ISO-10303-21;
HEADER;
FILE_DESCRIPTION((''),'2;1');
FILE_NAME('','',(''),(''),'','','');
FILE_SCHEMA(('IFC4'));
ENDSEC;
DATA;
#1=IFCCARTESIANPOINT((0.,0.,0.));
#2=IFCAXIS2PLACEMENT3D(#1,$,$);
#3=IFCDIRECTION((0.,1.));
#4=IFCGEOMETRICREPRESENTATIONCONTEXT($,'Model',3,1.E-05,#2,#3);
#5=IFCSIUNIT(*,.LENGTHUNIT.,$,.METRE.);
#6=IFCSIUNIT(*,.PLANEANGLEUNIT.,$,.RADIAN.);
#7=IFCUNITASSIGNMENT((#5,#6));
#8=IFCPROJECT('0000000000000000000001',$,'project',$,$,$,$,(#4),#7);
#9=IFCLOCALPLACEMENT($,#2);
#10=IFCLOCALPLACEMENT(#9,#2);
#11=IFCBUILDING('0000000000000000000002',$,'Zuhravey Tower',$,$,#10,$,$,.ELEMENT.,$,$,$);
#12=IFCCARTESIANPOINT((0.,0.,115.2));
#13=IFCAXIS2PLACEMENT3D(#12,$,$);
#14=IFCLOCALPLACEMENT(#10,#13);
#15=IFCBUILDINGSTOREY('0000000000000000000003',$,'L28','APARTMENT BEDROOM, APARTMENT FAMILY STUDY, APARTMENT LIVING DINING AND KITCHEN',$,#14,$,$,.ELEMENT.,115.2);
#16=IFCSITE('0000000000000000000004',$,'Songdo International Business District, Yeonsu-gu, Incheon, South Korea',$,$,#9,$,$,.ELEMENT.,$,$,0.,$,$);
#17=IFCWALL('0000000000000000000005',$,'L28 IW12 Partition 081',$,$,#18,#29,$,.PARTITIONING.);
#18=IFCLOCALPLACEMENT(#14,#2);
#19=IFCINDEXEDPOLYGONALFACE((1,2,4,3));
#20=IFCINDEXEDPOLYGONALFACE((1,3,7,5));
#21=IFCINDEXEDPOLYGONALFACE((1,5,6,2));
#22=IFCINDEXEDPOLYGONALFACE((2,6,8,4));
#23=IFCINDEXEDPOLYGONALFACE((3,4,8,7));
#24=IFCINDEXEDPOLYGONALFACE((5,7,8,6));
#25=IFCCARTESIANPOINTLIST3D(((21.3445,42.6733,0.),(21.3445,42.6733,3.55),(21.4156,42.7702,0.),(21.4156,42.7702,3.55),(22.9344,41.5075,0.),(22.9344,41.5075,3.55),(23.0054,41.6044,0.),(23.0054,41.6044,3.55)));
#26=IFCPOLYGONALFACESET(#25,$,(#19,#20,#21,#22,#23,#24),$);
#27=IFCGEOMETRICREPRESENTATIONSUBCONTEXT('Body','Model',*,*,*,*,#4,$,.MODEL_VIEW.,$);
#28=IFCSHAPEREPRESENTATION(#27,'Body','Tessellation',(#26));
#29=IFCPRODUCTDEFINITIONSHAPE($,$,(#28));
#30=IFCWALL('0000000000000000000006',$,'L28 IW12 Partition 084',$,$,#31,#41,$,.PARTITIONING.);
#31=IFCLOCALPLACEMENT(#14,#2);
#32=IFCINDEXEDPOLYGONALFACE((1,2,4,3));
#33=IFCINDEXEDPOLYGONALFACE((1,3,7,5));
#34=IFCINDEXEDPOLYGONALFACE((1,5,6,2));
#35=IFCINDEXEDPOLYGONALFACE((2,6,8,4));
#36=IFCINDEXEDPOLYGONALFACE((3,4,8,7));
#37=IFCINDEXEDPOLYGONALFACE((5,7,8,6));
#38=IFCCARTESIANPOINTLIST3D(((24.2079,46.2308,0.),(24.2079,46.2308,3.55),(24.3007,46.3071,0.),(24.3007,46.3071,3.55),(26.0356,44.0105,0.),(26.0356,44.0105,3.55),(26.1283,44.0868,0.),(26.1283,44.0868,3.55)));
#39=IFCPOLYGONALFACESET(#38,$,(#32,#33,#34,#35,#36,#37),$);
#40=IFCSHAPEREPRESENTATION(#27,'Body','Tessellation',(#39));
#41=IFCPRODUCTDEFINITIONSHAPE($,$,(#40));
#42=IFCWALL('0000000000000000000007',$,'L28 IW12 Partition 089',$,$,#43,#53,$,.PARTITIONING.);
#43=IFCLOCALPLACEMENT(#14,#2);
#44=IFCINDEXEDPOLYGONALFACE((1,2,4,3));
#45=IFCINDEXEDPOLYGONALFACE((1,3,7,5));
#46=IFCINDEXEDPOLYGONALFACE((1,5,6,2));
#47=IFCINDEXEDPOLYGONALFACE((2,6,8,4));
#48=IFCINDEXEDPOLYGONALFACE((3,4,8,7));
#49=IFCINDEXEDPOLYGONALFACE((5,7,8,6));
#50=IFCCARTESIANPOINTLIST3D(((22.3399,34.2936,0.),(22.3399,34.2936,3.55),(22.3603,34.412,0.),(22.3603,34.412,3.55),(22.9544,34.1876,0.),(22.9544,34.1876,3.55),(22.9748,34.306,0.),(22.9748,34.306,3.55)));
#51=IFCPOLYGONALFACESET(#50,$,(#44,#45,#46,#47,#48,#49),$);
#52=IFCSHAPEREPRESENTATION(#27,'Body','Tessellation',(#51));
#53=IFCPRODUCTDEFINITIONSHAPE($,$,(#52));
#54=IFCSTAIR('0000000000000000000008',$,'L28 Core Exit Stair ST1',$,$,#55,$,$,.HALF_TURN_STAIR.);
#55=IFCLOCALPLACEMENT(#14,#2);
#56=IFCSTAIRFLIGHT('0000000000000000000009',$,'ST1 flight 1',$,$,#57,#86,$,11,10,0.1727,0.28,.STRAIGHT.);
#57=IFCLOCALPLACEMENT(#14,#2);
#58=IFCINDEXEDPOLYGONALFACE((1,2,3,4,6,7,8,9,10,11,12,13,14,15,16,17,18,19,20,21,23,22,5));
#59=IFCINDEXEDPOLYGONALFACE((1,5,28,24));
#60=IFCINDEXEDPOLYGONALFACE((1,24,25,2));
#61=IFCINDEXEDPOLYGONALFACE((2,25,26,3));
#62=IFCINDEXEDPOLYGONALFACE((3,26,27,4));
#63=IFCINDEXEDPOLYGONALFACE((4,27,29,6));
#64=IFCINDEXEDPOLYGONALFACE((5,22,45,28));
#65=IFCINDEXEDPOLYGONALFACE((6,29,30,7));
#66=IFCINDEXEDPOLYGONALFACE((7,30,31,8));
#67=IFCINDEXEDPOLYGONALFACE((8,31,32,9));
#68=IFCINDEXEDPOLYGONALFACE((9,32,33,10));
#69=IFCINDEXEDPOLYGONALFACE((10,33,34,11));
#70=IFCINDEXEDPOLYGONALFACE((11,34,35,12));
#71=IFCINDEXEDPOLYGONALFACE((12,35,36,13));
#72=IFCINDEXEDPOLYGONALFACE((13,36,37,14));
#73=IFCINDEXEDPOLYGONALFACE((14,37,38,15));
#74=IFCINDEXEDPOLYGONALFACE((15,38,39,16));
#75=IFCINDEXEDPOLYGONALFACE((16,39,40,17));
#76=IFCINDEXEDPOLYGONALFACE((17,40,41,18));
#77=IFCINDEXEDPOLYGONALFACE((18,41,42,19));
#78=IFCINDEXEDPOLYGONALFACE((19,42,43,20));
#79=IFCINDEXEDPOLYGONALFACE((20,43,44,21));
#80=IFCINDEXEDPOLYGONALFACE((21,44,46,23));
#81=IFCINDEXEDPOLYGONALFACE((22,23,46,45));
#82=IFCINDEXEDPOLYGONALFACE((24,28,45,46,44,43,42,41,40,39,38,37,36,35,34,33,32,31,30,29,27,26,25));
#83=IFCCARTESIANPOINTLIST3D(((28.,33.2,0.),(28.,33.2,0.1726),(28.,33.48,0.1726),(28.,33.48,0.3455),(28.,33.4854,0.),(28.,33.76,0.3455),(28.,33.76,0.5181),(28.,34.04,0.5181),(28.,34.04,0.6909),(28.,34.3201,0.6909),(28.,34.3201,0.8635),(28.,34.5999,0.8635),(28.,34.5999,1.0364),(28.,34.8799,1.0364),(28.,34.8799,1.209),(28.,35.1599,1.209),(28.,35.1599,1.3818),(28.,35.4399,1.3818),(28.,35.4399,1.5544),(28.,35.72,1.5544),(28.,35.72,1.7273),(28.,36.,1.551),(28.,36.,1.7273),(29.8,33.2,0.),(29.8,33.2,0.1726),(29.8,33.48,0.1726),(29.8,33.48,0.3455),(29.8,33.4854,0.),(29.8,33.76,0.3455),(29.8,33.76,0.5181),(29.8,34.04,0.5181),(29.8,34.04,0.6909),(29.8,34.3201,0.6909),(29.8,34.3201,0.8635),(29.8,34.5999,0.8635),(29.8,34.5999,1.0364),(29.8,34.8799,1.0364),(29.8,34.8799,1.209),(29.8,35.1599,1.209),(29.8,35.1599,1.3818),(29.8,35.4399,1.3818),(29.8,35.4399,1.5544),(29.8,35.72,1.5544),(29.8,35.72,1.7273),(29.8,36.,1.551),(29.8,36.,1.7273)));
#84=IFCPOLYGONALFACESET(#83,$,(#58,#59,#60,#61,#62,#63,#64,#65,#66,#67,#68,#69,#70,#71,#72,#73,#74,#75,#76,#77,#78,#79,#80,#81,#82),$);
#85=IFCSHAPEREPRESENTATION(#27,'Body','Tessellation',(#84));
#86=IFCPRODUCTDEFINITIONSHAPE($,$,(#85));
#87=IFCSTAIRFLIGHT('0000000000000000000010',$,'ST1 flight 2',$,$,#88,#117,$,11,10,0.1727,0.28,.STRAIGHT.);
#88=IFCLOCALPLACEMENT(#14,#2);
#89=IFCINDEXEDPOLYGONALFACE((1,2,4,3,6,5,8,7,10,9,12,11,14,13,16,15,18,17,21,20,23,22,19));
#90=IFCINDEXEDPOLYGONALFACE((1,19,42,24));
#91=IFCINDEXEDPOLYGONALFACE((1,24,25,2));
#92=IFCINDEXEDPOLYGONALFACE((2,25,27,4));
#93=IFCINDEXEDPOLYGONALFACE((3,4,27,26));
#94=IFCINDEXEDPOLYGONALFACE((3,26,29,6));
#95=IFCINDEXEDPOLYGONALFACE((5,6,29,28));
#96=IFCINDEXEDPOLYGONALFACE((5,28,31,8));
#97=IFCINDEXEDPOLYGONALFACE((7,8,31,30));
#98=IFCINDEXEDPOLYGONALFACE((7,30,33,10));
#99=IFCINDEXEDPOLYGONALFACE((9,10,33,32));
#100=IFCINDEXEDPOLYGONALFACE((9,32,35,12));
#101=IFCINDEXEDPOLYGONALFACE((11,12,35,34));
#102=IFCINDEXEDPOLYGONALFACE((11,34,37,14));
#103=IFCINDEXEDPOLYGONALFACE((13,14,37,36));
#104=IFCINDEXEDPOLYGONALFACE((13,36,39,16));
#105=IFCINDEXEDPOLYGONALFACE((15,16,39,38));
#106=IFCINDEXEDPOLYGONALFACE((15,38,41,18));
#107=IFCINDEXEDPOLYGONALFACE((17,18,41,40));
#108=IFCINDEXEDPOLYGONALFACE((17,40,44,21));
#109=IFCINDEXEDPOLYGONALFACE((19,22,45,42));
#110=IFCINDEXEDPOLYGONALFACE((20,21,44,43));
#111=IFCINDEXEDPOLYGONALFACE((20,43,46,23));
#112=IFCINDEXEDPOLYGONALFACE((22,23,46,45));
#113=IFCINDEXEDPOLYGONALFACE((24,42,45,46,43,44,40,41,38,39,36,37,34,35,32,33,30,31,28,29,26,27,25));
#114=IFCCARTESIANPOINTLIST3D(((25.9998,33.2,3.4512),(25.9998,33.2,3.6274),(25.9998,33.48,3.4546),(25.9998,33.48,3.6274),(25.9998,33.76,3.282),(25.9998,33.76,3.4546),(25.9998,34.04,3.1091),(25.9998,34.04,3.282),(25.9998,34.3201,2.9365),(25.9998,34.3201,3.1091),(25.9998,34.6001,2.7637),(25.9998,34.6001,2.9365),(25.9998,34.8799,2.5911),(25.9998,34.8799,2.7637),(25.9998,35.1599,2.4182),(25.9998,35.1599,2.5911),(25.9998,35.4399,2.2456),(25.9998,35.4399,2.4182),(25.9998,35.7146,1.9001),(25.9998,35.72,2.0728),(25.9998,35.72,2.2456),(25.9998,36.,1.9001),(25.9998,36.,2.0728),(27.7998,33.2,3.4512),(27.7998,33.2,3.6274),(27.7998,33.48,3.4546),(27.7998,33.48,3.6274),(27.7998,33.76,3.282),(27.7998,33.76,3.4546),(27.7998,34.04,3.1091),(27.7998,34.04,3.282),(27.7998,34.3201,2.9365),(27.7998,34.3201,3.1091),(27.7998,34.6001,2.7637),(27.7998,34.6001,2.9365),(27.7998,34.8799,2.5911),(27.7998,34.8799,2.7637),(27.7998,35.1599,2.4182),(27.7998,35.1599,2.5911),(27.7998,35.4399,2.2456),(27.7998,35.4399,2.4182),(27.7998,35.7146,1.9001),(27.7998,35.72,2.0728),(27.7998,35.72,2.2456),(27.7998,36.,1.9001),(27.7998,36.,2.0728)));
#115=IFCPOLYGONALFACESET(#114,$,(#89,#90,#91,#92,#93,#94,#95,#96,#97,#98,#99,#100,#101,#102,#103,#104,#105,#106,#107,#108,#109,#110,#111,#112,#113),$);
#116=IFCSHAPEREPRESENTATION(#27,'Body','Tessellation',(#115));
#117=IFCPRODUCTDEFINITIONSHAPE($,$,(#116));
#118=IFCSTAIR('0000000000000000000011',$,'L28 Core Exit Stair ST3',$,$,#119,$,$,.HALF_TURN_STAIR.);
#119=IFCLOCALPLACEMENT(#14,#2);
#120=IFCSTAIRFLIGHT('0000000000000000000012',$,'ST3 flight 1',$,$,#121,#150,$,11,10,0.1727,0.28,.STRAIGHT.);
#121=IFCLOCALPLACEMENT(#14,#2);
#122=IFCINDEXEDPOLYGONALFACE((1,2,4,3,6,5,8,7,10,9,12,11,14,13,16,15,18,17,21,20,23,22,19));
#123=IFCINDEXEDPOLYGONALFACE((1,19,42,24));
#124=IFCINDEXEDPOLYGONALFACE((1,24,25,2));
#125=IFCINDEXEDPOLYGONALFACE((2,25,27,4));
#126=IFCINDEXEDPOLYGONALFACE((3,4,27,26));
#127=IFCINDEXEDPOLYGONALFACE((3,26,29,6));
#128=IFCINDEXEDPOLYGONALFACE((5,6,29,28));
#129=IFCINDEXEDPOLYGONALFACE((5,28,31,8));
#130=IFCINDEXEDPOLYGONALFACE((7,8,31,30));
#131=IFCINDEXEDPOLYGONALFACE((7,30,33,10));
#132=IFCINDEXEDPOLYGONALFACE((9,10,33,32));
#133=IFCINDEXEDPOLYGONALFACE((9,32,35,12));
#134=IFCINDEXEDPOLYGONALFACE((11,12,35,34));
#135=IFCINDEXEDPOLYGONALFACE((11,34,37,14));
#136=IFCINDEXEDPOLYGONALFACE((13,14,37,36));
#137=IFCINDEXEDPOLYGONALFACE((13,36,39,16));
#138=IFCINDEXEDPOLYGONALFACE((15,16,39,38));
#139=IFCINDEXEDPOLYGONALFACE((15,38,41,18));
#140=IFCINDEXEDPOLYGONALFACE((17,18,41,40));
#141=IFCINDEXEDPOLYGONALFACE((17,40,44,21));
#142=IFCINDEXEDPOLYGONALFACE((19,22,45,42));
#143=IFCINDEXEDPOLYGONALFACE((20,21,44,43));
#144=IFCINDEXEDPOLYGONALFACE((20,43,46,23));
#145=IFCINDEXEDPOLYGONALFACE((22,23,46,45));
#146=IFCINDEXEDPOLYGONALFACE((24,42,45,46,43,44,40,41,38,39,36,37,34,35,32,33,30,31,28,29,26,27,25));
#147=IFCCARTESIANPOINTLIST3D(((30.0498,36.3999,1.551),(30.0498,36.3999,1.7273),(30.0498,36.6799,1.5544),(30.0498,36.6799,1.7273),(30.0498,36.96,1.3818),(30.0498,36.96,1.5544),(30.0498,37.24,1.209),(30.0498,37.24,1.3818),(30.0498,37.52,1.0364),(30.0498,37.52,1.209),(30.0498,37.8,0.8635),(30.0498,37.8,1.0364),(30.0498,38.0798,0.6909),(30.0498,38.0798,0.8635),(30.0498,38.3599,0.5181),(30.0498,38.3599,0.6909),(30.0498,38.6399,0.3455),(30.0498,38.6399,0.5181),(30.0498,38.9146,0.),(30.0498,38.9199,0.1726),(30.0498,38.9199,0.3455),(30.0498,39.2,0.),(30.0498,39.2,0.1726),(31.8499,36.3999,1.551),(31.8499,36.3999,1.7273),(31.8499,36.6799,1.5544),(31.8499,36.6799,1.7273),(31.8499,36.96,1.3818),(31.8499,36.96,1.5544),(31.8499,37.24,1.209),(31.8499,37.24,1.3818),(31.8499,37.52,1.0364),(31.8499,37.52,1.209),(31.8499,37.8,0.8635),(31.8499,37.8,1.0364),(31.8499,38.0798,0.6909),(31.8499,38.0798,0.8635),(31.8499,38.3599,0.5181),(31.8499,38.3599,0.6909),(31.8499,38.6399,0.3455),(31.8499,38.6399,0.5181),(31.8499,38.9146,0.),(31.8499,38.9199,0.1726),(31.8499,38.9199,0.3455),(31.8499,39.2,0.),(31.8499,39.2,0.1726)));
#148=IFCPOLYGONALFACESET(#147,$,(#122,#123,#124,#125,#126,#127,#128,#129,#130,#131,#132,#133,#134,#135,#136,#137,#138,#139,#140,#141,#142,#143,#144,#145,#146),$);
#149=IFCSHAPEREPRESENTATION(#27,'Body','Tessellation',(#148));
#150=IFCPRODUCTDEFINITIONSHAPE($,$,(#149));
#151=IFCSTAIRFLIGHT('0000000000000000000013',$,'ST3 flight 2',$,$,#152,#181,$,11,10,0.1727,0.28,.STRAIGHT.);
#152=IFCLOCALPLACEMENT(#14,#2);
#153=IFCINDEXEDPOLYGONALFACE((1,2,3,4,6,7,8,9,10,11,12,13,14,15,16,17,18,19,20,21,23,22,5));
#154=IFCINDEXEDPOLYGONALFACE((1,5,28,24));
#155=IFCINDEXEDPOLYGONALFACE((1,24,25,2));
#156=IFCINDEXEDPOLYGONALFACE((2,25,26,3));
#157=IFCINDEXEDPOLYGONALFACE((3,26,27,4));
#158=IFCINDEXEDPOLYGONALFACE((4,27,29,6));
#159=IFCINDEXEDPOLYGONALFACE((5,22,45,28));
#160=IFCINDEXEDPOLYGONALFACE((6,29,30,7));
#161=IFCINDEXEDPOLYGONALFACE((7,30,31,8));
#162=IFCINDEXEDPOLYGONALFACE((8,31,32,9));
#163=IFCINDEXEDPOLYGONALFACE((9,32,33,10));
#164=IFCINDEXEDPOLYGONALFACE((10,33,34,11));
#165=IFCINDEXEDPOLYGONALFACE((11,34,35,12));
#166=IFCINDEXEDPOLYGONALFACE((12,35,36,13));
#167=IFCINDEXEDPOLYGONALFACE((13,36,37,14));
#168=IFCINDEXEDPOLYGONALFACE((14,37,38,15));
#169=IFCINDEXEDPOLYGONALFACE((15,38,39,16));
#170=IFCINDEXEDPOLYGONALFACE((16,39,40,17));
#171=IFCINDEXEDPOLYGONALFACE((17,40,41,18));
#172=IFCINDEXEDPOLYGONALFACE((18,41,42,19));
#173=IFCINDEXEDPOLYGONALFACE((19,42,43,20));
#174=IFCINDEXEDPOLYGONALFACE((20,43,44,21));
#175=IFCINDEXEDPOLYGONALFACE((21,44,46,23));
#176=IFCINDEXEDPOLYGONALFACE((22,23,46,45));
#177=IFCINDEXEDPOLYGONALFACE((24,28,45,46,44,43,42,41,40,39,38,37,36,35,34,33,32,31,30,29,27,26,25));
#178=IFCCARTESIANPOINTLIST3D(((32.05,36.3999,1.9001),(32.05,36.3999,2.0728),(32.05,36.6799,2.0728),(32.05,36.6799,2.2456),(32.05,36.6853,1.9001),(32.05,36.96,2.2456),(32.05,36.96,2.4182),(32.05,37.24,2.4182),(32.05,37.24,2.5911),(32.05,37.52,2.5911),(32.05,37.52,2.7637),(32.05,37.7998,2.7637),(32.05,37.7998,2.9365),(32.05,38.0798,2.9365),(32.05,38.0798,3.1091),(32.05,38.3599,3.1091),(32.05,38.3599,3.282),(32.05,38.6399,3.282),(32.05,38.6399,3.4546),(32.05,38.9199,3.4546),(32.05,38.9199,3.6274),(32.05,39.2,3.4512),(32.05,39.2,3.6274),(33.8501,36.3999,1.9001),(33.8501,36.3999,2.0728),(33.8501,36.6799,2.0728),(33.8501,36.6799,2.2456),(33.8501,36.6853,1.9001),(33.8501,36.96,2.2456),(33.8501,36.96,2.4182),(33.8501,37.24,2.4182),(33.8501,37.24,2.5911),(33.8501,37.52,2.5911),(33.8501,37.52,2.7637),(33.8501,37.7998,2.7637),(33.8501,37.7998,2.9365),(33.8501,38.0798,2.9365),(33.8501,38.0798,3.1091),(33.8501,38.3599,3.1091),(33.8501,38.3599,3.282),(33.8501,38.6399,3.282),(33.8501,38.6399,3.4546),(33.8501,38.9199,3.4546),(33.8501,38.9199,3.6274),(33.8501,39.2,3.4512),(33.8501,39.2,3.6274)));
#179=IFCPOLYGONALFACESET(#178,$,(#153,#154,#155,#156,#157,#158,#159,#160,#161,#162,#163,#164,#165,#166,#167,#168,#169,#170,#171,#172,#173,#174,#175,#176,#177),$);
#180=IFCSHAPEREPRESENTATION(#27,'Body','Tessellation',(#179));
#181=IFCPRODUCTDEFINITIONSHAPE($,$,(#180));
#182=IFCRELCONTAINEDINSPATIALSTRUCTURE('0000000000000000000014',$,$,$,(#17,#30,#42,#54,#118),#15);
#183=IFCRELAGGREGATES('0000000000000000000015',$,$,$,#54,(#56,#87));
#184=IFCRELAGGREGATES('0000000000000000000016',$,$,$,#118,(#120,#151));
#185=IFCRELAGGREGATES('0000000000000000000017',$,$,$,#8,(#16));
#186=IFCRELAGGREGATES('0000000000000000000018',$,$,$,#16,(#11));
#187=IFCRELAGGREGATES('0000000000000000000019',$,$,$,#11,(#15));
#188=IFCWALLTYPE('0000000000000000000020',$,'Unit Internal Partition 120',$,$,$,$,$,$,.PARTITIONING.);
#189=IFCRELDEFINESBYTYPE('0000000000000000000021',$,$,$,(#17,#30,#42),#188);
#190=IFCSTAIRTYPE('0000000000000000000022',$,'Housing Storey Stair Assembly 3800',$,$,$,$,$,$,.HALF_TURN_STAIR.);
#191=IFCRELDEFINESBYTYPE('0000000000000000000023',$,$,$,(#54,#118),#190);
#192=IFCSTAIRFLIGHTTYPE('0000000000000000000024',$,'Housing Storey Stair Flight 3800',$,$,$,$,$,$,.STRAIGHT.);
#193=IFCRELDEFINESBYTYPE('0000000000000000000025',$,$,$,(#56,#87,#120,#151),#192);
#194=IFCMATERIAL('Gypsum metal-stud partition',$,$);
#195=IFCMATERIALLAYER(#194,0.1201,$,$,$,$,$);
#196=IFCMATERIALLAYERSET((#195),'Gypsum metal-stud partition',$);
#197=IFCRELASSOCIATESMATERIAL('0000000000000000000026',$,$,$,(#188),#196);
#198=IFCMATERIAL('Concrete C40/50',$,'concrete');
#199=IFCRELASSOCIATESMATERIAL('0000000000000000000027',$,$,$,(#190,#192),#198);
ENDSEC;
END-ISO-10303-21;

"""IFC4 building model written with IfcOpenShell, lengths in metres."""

from ifc_helpers import new_model, si_unit, direction, frame, frame_2d, origin, place, context, subcontext, project, spatial, polyline, rectangle, outline, extrude, material, layer, layer_set, type_object, element, aggregate, save


model = new_model("IFC4")

# Units and contexts
model_context = context("Model", 3, precision=1e-05, world=origin(), true_north=direction((0.0, 1.0)))
body_context = subcontext(model_context, "Body", "Model", "MODEL_VIEW")
ifc_project = project(units=[si_unit("LENGTHUNIT", "METRE"), si_unit("PLANEANGLEUNIT", "RADIAN")], contexts=[model_context])

# Site, building, storey
site_placement = place(None, origin())
site = spatial("IfcSite", under=ifc_project, at=site_placement, Name="Songdo International Business District, Yeonsu-gu, Incheon, South Korea", CompositionType="ELEMENT", RefElevation=0.0)
building_placement = place(site_placement, origin())
building = spatial("IfcBuilding", under=site, at=building_placement, Name="Zuhravey Tower", CompositionType="ELEMENT")
storey_placement = place(building_placement, frame((0.0, 0.0, 115.2)))
storey = spatial("IfcBuildingStorey", under=building, at=storey_placement, Name="L28", Description="APARTMENT BEDROOM, APARTMENT FAMILY STUDY, APARTMENT LIVING DINING AND KITCHEN", CompositionType="ELEMENT", Elevation=115.2)

# Walls
ifc_material_1 = material(Name="Gypsum metal-stud partition")
ifc_layer_1 = layer(ifc_material_1, 0.1201)
ifc_layer_set_1 = layer_set([ifc_layer_1], Name="Gypsum metal-stud partition")
wall_type_1 = type_object("IfcWallType", Name="Unit Internal Partition 120", PredefinedType="PARTITIONING", material=ifc_layer_set_1)
wall_1_placement = place(storey_placement, frame((22.97, 41.5559, 0.0), z_axis=(0.0, 0.0, 1.0), x_axis=(-0.806433, 0.591326, 0.0)))
element("IfcWall", 1, at=wall_1_placement, inside=storey, type_object=wall_type_1, Name="L28 IW12 Partition 081", PredefinedType="PARTITIONING", context=body_context, shape_type="SweptSolid", body=[
    extrude(rectangle(XDim=1.9714, YDim=0.1201, at=frame_2d((0.9858, 0.0))), origin(), (0.0, 0.0, 1.0), 3.55),
])
wall_2_placement = place(storey_placement, frame((26.082, 44.0486, 0.0), z_axis=(0.0, 0.0, 1.0), x_axis=(-0.635547, 0.772063, 0.0)))
element("IfcWall", 2, at=wall_2_placement, inside=storey, type_object=wall_type_1, Name="L28 IW12 Partition 084", PredefinedType="PARTITIONING", context=body_context, shape_type="SweptSolid", body=[
    extrude(rectangle(XDim=2.8757, YDim=0.1201, at=frame_2d((1.438, 0.0))), origin(), (0.0, 0.0, 1.0), 3.55),
])
wall_3_placement = place(storey_placement, frame((22.9646, 34.2468, 0.0), z_axis=(0.0, 0.0, 1.0), x_axis=(-0.985458, 0.16992, 0.0)))
element("IfcWall", 3, at=wall_3_placement, inside=storey, type_object=wall_type_1, Name="L28 IW12 Partition 089", PredefinedType="PARTITIONING", context=body_context, shape_type="SweptSolid", body=[
    extrude(rectangle(XDim=0.6235, YDim=0.1201, at=frame_2d((0.3118, 0.0))), origin(), (0.0, 0.0, 1.0), 3.55),
])

# Stairs, stair flights
ifc_material_2 = material(Name="Concrete C40/50", Category="concrete")
stair_type = type_object("IfcStairType", Name="Housing Storey Stair Assembly 3800", PredefinedType="HALF_TURN_STAIR", material=ifc_material_2)
stair_1_placement = place(storey_placement, origin())
stair_1 = element("IfcStair", 4, at=stair_1_placement, inside=storey, type_object=stair_type, Name="L28 Core Exit Stair ST1", PredefinedType="HALF_TURN_STAIR")
stair_flight_type = type_object("IfcStairFlightType", Name="Housing Storey Stair Flight 3800", PredefinedType="STRAIGHT", material=ifc_material_2)
stair_flight_1_placement = place(storey_placement, frame((28.8999, 33.2, 0.0), z_axis=(0.0, 0.0, 1.0), x_axis=(0.0, 1.0, 0.0)))
stair_flight_1 = element("IfcStairFlight", 5, at=stair_flight_1_placement, type_object=stair_flight_type, Name="ST1 flight 1", NumberOfRisers=11, NumberOfTreads=10, PredefinedType="STRAIGHT", RiserHeight=0.1727, TreadLength=0.28, context=body_context, shape_type="SweptSolid", body=[
    extrude(outline(polyline([(0.0, 0.0), (0.0, 0.1726), (0.28, 0.1726), (0.28, 0.3455), (0.5601, 0.3455), (0.5601, 0.5181), (0.8401, 0.5181), (0.8401, 0.6909), (1.1201, 0.6909), (1.1201, 0.8635), (1.3999, 0.8635), (1.3999, 1.0364), (1.6799, 1.0364), (1.6799, 1.209), (1.96, 1.209), (1.96, 1.3818), (2.24, 1.3818), (2.24, 1.5544), (2.52, 1.5544), (2.52, 1.7273), (2.8, 1.7273), (2.8, 1.8999), (2.8, 1.551), (0.2854, 0.0), (0.0, 0.0)])), frame((0.0, 0.8999, 0.0), z_axis=(0.0, -1.0, 0.0), x_axis=(1.0, 0.0, 0.0)), (0.0, 0.0, 1.0), 1.8),
])
stair_flight_2_placement = place(storey_placement, frame((26.8999, 36.0, 1.9001), z_axis=(0.0, 0.0, 1.0), x_axis=(0.0, -1.0, 0.0)))
stair_flight_2 = element("IfcStairFlight", 6, at=stair_flight_2_placement, type_object=stair_flight_type, Name="ST1 flight 2", NumberOfRisers=11, NumberOfTreads=10, PredefinedType="STRAIGHT", RiserHeight=0.1727, TreadLength=0.28, context=body_context, shape_type="SweptSolid", body=[
    extrude(outline(polyline([(0.0, 0.0), (0.0, 0.1726), (0.28, 0.1726), (0.28, 0.3455), (0.5601, 0.3455), (0.5601, 0.5181), (0.8401, 0.5181), (0.8401, 0.6909), (1.1201, 0.6909), (1.1201, 0.8635), (1.3999, 0.8635), (1.3999, 1.0364), (1.6799, 1.0364), (1.6799, 1.209), (1.96, 1.209), (1.96, 1.3818), (2.24, 1.3818), (2.24, 1.5544), (2.52, 1.5544), (2.52, 1.7273), (2.8, 1.7273), (2.8, 1.8999), (2.8, 1.551), (0.2854, 0.0), (0.0, 0.0)])), frame((0.0, 0.8999, 0.0), z_axis=(0.0, -1.0, 0.0), x_axis=(1.0, 0.0, 0.0)), (0.0, 0.0, 1.0), 1.8),
])
aggregate(stair_1, [stair_flight_1, stair_flight_2])
stair_2_placement = place(storey_placement, origin())
stair_2 = element("IfcStair", 7, at=stair_2_placement, inside=storey, type_object=stair_type, Name="L28 Core Exit Stair ST3", PredefinedType="HALF_TURN_STAIR")
stair_flight_3_placement = place(storey_placement, frame((30.95, 39.2, 0.0), z_axis=(0.0, 0.0, 1.0), x_axis=(0.0, -1.0, 0.0)))
stair_flight_3 = element("IfcStairFlight", 8, at=stair_flight_3_placement, type_object=stair_flight_type, Name="ST3 flight 1", NumberOfRisers=11, NumberOfTreads=10, PredefinedType="STRAIGHT", RiserHeight=0.1727, TreadLength=0.28, context=body_context, shape_type="SweptSolid", body=[
    extrude(outline(polyline([(0.0, 0.0), (0.0, 0.1726), (0.28, 0.1726), (0.28, 0.3455), (0.5601, 0.3455), (0.5601, 0.5181), (0.8401, 0.5181), (0.8401, 0.6909), (1.1201, 0.6909), (1.1201, 0.8635), (1.3999, 0.8635), (1.3999, 1.0364), (1.6799, 1.0364), (1.6799, 1.209), (1.96, 1.209), (1.96, 1.3818), (2.24, 1.3818), (2.24, 1.5544), (2.52, 1.5544), (2.52, 1.7273), (2.8, 1.7273), (2.8, 1.8999), (2.8, 1.551), (0.2854, 0.0), (0.0, 0.0)])), frame((0.0, 0.8999, 0.0), z_axis=(0.0, -1.0, 0.0), x_axis=(1.0, 0.0, 0.0)), (0.0, 0.0, 1.0), 1.8),
])
stair_flight_4_placement = place(storey_placement, frame((32.95, 36.3999, 1.9001), z_axis=(0.0, 0.0, 1.0), x_axis=(0.0, 1.0, 0.0)))
stair_flight_4 = element("IfcStairFlight", 9, at=stair_flight_4_placement, type_object=stair_flight_type, Name="ST3 flight 2", NumberOfRisers=11, NumberOfTreads=10, PredefinedType="STRAIGHT", RiserHeight=0.1727, TreadLength=0.28, context=body_context, shape_type="SweptSolid", body=[
    extrude(outline(polyline([(0.0, 0.0), (0.0, 0.1726), (0.28, 0.1726), (0.28, 0.3455), (0.5601, 0.3455), (0.5601, 0.5181), (0.8401, 0.5181), (0.8401, 0.6909), (1.1201, 0.6909), (1.1201, 0.8635), (1.3999, 0.8635), (1.3999, 1.0364), (1.6799, 1.0364), (1.6799, 1.209), (1.96, 1.209), (1.96, 1.3818), (2.24, 1.3818), (2.24, 1.5544), (2.52, 1.5544), (2.52, 1.7273), (2.8, 1.7273), (2.8, 1.8999), (2.8, 1.551), (0.2854, 0.0), (0.0, 0.0)])), frame((0.0, 0.8999, 0.0), z_axis=(0.0, -1.0, 0.0), x_axis=(1.0, 0.0, 0.0)), (0.0, 0.0, 1.0), 1.8),
])
aggregate(stair_2, [stair_flight_3, stair_flight_4])

save(model, "model.ifc")
